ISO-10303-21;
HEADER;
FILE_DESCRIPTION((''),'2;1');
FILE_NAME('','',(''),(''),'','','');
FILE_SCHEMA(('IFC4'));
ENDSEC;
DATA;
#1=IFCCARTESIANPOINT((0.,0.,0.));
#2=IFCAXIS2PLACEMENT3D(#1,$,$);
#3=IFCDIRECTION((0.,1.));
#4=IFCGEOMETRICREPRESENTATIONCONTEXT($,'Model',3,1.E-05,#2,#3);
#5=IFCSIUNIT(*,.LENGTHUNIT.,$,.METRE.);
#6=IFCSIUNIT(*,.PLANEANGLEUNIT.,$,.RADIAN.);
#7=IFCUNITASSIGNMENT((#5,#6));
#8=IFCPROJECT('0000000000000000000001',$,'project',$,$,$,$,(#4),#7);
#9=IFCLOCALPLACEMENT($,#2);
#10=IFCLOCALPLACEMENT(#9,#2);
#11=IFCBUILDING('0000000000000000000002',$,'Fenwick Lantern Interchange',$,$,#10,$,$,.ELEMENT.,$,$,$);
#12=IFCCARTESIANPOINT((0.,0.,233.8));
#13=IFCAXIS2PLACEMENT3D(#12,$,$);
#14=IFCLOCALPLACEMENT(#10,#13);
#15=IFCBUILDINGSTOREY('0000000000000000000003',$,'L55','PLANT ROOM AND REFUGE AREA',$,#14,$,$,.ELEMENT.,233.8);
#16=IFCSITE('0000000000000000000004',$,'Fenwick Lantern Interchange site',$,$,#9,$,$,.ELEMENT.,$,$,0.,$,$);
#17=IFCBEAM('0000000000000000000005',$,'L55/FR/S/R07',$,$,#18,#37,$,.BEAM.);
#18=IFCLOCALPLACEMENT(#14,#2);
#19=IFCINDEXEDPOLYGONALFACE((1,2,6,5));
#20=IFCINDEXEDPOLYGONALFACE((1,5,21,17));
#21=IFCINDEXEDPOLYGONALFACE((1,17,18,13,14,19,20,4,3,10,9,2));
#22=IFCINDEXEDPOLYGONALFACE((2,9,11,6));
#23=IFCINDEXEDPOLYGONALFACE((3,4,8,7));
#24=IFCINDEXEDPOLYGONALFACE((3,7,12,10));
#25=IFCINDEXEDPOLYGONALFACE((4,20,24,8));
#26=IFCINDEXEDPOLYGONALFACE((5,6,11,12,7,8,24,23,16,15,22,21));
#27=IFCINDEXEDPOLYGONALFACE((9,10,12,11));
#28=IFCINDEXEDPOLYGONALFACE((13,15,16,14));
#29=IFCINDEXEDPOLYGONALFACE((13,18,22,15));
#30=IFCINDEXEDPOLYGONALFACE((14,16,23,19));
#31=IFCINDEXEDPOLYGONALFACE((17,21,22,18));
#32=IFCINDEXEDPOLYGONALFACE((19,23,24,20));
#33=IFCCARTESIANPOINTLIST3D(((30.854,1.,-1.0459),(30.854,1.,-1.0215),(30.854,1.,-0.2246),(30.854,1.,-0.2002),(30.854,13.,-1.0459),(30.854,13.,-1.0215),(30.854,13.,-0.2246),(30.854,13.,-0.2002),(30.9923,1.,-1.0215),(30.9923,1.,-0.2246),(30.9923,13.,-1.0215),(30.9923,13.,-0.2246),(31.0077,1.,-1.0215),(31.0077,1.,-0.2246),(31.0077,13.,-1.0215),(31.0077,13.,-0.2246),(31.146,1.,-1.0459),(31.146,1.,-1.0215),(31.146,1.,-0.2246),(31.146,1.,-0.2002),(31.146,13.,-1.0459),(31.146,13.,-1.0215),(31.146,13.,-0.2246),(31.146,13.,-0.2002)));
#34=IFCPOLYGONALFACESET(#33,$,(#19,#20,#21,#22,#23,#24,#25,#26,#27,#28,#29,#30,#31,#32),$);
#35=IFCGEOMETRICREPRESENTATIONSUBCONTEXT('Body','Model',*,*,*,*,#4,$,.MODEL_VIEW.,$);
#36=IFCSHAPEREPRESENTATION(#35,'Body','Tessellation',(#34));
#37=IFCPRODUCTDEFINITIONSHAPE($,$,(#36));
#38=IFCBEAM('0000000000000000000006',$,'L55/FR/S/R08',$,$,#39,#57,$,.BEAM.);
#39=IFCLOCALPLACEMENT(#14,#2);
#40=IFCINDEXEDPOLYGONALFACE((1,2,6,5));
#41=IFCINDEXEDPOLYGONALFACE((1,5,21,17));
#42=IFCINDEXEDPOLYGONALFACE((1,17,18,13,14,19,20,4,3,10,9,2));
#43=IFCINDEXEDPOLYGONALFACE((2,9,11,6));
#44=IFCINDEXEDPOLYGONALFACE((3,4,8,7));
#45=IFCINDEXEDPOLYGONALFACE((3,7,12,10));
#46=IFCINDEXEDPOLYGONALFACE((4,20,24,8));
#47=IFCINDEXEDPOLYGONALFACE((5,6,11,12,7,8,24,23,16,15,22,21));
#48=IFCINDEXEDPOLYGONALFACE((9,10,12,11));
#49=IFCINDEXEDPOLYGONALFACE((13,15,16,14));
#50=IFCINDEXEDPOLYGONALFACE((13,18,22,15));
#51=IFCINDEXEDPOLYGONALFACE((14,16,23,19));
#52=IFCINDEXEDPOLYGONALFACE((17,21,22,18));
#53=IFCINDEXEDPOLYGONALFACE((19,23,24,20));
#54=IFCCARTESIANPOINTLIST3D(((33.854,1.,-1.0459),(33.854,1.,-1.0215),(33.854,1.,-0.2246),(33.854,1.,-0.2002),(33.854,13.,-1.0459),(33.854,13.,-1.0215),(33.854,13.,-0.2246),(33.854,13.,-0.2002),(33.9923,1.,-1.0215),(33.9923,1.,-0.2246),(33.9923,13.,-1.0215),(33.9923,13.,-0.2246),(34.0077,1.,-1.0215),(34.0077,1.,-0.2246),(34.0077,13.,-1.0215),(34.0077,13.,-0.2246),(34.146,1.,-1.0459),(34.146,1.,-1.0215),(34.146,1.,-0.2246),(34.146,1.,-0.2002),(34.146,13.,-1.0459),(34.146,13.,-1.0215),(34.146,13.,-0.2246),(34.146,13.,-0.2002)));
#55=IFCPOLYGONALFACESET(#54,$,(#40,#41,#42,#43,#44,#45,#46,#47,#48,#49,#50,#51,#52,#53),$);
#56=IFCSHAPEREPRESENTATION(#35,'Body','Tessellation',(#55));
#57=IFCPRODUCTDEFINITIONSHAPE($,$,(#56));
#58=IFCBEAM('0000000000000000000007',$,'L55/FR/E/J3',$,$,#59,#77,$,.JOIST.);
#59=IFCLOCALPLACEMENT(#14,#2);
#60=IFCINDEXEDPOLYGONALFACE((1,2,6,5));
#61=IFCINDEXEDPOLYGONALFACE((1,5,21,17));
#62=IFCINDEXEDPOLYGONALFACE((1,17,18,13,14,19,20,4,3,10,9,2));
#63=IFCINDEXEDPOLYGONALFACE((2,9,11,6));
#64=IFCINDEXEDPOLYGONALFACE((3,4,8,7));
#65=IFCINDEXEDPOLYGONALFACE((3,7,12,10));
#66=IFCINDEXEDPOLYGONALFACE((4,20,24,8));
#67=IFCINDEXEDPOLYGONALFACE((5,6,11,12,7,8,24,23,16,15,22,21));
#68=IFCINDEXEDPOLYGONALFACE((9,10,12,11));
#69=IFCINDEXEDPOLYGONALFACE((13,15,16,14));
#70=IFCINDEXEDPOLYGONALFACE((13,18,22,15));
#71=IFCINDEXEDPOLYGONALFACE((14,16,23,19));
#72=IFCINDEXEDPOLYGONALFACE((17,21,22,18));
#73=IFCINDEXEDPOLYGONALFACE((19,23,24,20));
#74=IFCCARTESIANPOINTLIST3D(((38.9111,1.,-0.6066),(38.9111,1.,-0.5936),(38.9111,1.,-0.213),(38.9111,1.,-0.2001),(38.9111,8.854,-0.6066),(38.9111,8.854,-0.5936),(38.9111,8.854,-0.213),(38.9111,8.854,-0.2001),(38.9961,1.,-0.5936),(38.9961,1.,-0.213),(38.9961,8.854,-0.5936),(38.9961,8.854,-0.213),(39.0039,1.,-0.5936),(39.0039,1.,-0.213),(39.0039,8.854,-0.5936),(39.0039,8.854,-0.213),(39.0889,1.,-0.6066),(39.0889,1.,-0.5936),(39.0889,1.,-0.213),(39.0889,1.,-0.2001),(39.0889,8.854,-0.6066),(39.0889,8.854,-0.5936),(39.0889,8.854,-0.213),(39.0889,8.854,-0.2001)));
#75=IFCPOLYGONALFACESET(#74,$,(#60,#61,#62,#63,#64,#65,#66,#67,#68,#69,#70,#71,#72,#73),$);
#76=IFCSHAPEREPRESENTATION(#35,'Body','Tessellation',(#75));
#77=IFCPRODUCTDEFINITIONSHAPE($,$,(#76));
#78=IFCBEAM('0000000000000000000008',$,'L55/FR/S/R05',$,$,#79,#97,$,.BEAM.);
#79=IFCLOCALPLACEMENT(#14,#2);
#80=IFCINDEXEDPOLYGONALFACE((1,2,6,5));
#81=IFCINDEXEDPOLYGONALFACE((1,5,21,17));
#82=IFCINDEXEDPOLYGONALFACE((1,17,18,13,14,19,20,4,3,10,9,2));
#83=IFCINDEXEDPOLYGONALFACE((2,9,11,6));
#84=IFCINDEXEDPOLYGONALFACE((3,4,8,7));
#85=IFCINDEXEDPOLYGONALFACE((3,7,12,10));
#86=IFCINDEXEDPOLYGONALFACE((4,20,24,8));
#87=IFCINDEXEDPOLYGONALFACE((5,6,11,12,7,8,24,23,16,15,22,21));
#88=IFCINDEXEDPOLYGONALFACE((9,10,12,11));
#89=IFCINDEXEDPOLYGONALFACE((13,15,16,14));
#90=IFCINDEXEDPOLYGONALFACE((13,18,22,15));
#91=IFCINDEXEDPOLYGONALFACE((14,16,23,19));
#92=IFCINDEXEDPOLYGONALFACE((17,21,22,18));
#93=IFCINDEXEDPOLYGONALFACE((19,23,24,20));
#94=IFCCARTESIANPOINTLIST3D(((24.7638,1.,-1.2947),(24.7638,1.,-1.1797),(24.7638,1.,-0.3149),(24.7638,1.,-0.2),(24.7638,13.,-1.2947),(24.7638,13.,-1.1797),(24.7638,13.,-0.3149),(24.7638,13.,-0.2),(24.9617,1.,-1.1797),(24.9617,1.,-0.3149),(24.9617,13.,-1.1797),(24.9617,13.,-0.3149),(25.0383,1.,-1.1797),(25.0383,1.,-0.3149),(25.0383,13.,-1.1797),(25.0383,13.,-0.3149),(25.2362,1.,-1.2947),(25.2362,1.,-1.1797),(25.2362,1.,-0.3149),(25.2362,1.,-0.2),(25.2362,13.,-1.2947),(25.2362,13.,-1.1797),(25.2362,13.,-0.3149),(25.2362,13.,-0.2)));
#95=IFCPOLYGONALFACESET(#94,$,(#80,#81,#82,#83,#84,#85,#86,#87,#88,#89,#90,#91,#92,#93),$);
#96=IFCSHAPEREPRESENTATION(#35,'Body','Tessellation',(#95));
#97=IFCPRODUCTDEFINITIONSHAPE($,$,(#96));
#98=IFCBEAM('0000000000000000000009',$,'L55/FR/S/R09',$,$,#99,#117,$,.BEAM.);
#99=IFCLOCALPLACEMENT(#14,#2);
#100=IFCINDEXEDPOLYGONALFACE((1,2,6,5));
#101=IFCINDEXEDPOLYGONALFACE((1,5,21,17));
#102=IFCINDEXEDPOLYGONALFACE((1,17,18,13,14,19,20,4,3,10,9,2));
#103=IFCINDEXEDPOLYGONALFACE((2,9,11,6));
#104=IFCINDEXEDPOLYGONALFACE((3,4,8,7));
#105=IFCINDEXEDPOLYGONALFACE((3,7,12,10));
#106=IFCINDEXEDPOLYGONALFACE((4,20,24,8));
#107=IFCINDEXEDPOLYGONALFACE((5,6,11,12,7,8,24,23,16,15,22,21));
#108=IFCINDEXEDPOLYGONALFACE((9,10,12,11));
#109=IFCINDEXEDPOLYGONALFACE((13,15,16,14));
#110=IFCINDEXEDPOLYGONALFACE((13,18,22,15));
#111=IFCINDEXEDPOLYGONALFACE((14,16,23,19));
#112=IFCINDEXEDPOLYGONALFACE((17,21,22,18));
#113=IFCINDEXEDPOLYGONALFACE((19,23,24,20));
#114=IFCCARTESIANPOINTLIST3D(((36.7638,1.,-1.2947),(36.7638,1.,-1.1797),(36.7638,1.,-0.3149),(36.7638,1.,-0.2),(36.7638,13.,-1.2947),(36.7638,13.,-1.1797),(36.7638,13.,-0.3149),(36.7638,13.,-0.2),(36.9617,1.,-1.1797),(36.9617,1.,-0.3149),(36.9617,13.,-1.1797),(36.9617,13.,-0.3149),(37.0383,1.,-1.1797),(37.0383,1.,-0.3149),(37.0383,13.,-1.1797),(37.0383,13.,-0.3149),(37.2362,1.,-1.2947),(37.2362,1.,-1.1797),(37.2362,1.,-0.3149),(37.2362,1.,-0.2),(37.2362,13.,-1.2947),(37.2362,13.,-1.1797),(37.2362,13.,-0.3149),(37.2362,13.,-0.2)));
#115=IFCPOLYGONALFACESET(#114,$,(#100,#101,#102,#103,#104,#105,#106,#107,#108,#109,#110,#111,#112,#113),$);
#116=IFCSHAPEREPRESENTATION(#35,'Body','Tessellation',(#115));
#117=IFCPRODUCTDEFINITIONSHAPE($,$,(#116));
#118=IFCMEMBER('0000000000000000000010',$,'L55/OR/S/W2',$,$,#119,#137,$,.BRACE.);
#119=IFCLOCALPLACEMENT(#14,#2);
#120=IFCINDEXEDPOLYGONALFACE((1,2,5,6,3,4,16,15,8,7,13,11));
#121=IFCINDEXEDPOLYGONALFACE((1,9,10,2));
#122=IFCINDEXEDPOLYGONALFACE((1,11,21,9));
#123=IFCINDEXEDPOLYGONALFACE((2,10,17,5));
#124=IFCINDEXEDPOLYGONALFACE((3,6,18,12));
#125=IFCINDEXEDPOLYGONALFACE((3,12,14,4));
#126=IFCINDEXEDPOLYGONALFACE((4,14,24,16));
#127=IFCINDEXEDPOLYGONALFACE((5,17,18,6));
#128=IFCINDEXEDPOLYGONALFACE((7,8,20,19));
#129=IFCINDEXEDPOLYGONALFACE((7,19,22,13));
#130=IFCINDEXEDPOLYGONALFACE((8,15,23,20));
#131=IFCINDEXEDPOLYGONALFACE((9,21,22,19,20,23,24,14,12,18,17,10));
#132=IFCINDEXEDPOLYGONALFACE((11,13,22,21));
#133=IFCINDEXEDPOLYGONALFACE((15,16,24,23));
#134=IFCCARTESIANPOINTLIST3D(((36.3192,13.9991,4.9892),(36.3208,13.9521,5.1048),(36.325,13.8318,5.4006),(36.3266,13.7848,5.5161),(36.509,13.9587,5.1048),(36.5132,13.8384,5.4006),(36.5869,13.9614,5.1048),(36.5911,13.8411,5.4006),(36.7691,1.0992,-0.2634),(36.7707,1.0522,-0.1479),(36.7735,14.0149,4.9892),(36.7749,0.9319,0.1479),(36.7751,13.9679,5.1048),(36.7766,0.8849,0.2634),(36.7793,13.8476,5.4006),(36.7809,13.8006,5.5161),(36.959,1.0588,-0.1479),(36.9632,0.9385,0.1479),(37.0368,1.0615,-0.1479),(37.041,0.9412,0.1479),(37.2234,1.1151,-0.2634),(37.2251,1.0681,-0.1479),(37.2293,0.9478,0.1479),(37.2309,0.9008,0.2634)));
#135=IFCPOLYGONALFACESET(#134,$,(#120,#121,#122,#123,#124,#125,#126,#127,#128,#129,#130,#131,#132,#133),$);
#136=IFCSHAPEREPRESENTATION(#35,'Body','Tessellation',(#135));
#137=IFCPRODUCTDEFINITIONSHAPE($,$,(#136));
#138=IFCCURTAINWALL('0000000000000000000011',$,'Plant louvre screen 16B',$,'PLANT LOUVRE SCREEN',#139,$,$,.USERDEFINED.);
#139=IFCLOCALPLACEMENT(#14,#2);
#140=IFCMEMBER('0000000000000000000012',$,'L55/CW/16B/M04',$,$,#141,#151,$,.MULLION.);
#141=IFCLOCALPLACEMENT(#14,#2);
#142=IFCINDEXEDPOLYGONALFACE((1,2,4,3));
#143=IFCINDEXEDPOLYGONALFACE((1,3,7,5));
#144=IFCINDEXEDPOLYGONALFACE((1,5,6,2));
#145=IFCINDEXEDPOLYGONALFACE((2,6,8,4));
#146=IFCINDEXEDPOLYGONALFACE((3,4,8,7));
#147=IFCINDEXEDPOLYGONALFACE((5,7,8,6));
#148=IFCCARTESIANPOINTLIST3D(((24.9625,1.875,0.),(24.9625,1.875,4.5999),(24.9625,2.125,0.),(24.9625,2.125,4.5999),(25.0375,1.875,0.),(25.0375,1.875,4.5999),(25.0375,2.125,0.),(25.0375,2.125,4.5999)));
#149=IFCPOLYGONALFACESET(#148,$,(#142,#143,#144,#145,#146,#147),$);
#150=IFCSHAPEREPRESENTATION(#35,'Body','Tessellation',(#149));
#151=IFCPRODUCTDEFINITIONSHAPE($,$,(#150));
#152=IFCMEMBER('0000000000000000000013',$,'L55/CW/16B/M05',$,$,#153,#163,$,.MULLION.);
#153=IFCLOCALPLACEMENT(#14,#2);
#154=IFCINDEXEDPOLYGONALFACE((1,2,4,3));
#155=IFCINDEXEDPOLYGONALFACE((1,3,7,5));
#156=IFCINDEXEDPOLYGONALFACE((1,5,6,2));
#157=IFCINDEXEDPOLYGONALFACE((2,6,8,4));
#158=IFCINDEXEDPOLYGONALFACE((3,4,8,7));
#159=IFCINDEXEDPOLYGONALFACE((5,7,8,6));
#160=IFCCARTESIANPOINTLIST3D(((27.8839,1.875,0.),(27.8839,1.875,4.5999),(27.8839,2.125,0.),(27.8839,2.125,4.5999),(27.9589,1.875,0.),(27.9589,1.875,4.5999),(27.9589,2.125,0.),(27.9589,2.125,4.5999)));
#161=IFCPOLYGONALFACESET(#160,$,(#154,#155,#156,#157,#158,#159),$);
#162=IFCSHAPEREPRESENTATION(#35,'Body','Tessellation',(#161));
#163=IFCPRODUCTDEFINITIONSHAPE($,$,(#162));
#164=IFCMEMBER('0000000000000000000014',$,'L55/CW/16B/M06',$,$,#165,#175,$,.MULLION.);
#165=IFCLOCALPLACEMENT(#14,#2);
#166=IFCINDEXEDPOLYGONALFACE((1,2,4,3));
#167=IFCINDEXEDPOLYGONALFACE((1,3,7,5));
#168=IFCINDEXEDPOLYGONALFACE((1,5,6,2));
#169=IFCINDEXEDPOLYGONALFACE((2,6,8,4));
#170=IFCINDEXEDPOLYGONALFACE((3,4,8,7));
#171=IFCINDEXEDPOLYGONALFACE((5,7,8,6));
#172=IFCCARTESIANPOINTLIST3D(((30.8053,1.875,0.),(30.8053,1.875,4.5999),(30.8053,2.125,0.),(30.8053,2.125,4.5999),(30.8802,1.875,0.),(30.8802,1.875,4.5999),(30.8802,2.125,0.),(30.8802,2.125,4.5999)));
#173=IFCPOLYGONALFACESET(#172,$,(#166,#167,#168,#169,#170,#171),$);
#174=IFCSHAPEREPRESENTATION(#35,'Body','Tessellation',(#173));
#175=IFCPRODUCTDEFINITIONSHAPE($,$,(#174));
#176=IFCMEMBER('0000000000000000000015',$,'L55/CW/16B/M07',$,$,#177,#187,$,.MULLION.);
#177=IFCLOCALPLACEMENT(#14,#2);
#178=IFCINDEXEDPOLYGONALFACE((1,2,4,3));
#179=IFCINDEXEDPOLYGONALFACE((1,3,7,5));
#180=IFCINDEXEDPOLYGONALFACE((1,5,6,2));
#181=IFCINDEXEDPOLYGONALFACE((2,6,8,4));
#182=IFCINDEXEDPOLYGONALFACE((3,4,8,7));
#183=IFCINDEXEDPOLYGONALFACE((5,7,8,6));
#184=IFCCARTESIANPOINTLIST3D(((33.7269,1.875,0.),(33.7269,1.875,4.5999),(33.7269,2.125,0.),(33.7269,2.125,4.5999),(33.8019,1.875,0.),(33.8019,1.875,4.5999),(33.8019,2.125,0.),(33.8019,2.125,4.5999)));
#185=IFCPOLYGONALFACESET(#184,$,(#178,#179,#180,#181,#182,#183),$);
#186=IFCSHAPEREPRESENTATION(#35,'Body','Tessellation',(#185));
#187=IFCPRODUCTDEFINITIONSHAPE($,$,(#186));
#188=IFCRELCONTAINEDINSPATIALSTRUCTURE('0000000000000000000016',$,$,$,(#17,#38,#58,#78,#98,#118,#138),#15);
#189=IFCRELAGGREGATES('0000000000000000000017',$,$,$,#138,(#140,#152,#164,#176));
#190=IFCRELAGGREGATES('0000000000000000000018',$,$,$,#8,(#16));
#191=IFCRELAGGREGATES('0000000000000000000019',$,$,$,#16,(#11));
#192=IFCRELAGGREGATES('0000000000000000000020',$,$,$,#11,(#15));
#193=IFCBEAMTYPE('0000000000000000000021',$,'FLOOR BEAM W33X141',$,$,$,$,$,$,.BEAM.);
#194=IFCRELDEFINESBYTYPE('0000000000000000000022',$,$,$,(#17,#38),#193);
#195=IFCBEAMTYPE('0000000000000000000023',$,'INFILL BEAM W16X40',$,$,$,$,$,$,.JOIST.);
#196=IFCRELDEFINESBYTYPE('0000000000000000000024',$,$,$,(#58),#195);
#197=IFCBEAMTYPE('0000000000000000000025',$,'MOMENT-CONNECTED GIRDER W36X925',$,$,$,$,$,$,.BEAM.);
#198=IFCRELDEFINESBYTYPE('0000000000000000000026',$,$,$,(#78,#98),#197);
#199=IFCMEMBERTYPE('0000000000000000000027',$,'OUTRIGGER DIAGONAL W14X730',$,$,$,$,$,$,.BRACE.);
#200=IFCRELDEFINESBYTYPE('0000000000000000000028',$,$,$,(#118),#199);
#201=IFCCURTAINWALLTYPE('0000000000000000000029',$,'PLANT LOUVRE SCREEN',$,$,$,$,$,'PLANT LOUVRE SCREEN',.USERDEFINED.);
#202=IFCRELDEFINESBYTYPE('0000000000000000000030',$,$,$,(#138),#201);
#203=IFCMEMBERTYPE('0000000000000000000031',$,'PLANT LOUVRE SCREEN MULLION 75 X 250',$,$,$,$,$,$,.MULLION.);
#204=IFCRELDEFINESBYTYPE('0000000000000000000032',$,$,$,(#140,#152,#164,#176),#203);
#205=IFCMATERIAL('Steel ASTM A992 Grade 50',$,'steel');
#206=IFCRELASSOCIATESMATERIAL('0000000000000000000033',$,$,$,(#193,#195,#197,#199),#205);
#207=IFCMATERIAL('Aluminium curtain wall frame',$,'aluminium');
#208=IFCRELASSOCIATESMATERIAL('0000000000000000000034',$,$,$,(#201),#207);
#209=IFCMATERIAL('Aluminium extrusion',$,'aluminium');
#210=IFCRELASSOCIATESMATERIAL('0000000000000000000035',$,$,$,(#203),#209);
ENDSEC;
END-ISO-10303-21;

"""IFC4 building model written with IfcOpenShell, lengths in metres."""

from ifc_helpers import new_model, si_unit, direction, frame, origin, origin_2d, place, context, subcontext, project, spatial, rectangle, i_section, extrude, material, material_profile, profile_set, type_object, element, aggregate, save


model = new_model("IFC4")

# Units and contexts
model_context = context("Model", 3, precision=1e-05, world=origin(), true_north=direction((0.0, 1.0)))
body_context = subcontext(model_context, "Body", "Model", "MODEL_VIEW")
ifc_project = project(units=[si_unit("LENGTHUNIT", "METRE"), si_unit("PLANEANGLEUNIT", "RADIAN")], contexts=[model_context])

# Site, building, storey
site_placement = place(None, origin())
site = spatial("IfcSite", under=ifc_project, at=site_placement, Name="Fenwick Lantern Interchange site", CompositionType="ELEMENT", RefElevation=0.0)
building_placement = place(site_placement, origin())
building = spatial("IfcBuilding", under=site, at=building_placement, Name="Fenwick Lantern Interchange", CompositionType="ELEMENT")
storey_placement = place(building_placement, frame((0.0, 0.0, 233.8)))
storey = spatial("IfcBuildingStorey", under=building, at=storey_placement, Name="L55", Description="PLANT ROOM AND REFUGE AREA", CompositionType="ELEMENT", Elevation=233.8)

# Shared definitions
ifc_material_1 = material(Name="Steel ASTM A992 Grade 50", Category="steel")

# Beams
ifc_material_profile_1 = material_profile(ifc_material_1, i_section(OverallWidth=0.292, OverallDepth=0.8457, WebThickness=0.0154, FlangeThickness=0.0244, at=origin_2d()), Name="W33X141")
ifc_profile_set_1 = profile_set([ifc_material_profile_1], Name="Steel ASTM A992 Grade 50")
beam_type_1 = type_object("IfcBeamType", Name="FLOOR BEAM W33X141", PredefinedType="BEAM", material=ifc_profile_set_1)
for number, where, z_axis, x_axis, name in (
    (1, (31.0, 1.0, -0.623), (0.0, 1.0, 0.0), (-1.0, 0.0, 0.0), "L55/FR/S/R07"),
    (2, (34.0, 1.0, -0.623), (0.0, 1.0, 0.0), (-1.0, 0.0, 0.0), "L55/FR/S/R08"),
):
    element("IfcBeam", number, at=place(storey_placement, frame(where, z_axis=z_axis, x_axis=x_axis)), inside=storey, type_object=beam_type_1, Name=name, PredefinedType="BEAM", context=body_context, shape_type="SweptSolid", body=[
        extrude(i_section(OverallWidth=0.292, OverallDepth=0.8457, WebThickness=0.0154, FlangeThickness=0.0244, at=origin_2d()), origin(), (0.0, 0.0, 1.0), 12.0),
    ])
ifc_material_profile_2 = material_profile(ifc_material_1, i_section(OverallWidth=0.1777, OverallDepth=0.4065, WebThickness=0.0078, FlangeThickness=0.0129, at=origin_2d()), Name="W16X40")
ifc_profile_set_2 = profile_set([ifc_material_profile_2], Name="Steel ASTM A992 Grade 50")
beam_type_2 = type_object("IfcBeamType", Name="INFILL BEAM W16X40", PredefinedType="JOIST", material=ifc_profile_set_2)
beam_1_placement = place(storey_placement, frame((39.0, 1.0, -0.4033), z_axis=(0.0, 1.0, 0.0), x_axis=(-1.0, 0.0, 0.0)))
element("IfcBeam", 3, at=beam_1_placement, inside=storey, type_object=beam_type_2, Name="L55/FR/E/J3", PredefinedType="JOIST", context=body_context, shape_type="SweptSolid", body=[
    extrude(i_section(OverallWidth=0.1777, OverallDepth=0.4065, WebThickness=0.0078, FlangeThickness=0.0129, at=origin_2d()), origin(), (0.0, 0.0, 1.0), 7.854),
])
ifc_material_profile_3 = material_profile(ifc_material_1, i_section(OverallWidth=0.4724, OverallDepth=1.0947, WebThickness=0.0767, FlangeThickness=0.115, at=origin_2d()), Name="W36X925")
ifc_profile_set_3 = profile_set([ifc_material_profile_3], Name="Steel ASTM A992 Grade 50")
beam_type_3 = type_object("IfcBeamType", Name="MOMENT-CONNECTED GIRDER W36X925", PredefinedType="BEAM", material=ifc_profile_set_3)
for number, where, z_axis, x_axis, name in (
    (4, (25.0, 1.0, -0.7473), (0.0, 1.0, 0.0), (-1.0, 0.0, 0.0), "L55/FR/S/R05"),
    (5, (37.0, 1.0, -0.7473), (0.0, 1.0, 0.0), (-1.0, 0.0, 0.0), "L55/FR/S/R09"),
):
    element("IfcBeam", number, at=place(storey_placement, frame(where, z_axis=z_axis, x_axis=x_axis)), inside=storey, type_object=beam_type_3, Name=name, PredefinedType="BEAM", context=body_context, shape_type="SweptSolid", body=[
        extrude(i_section(OverallWidth=0.4724, OverallDepth=1.0947, WebThickness=0.0767, FlangeThickness=0.115, at=origin_2d()), origin(), (0.0, 0.0, 1.0), 12.0),
    ])

# Member
ifc_material_profile_4 = material_profile(ifc_material_1, i_section(OverallWidth=0.4546, OverallDepth=0.5688, WebThickness=0.0779, FlangeThickness=0.1248, at=origin_2d()), Name="W14X730")
ifc_profile_set_4 = profile_set([ifc_material_profile_4], Name="Steel ASTM A992 Grade 50")
member_type_1 = type_object("IfcMemberType", Name="OUTRIGGER DIAGONAL W14X730", PredefinedType="BRACE", material=ifc_profile_set_4)
member_1_placement = place(storey_placement, frame((37.0, 1.0, 0.0), z_axis=(-0.032288, 0.92568, 0.376926), x_axis=(-0.999392, -0.034859, 0.0)))
element("IfcMember", 6, at=member_1_placement, inside=storey, type_object=member_type_1, Name="L55/OR/S/W2", PredefinedType="BRACE", context=body_context, shape_type="SweptSolid", body=[
    extrude(i_section(OverallWidth=0.4546, OverallDepth=0.5688, WebThickness=0.0779, FlangeThickness=0.1248, at=origin_2d()), origin(), (0.0, 0.0, 1.0), 13.9355),
])

# Curtain wall, members
ifc_material_2 = material(Name="Aluminium curtain wall frame", Category="aluminium")
curtain_wall_type = type_object("IfcCurtainWallType", Name="PLANT LOUVRE SCREEN", ElementType="PLANT LOUVRE SCREEN", PredefinedType="USERDEFINED", material=ifc_material_2)
curtain_wall_placement = place(storey_placement, origin())
curtain_wall = element("IfcCurtainWall", 7, at=curtain_wall_placement, inside=storey, type_object=curtain_wall_type, Name="Plant louvre screen 16B", ObjectType="PLANT LOUVRE SCREEN", PredefinedType="USERDEFINED")
ifc_material_3 = material(Name="Aluminium extrusion", Category="aluminium")
ifc_material_profile_5 = material_profile(ifc_material_3, rectangle(XDim=0.25, YDim=0.075, at=origin_2d()), Name="PLANT LOUVRE SCREEN MULLION 75 X 250")
ifc_profile_set_5 = profile_set([ifc_material_profile_5], Name="Aluminium extrusion")
member_type_2 = type_object("IfcMemberType", Name="PLANT LOUVRE SCREEN MULLION 75 X 250", PredefinedType="MULLION", material=ifc_profile_set_5)
member_2_placement = place(storey_placement, frame((25.0, 2.0, 0.0), z_axis=(0.0, 0.0, 1.0), x_axis=(0.0, 1.0, 0.0)))
member_2 = element("IfcMember", 8, at=member_2_placement, type_object=member_type_2, Name="L55/CW/16B/M04", PredefinedType="MULLION", context=body_context, shape_type="SweptSolid", body=[
    extrude(rectangle(XDim=0.25, YDim=0.075, at=origin_2d()), origin(), (0.0, 0.0, 1.0), 4.5999),
])
member_3_placement = place(storey_placement, frame((27.9214, 2.0, 0.0), z_axis=(0.0, 0.0, 1.0), x_axis=(0.0, 1.0, 0.0)))
member_3 = element("IfcMember", 9, at=member_3_placement, type_object=member_type_2, Name="L55/CW/16B/M05", PredefinedType="MULLION", context=body_context, shape_type="SweptSolid", body=[
    extrude(rectangle(XDim=0.25, YDim=0.075, at=origin_2d()), origin(), (0.0, 0.0, 1.0), 4.5999),
])
member_4_placement = place(storey_placement, frame((30.8428, 2.0, 0.0), z_axis=(0.0, 0.0, 1.0), x_axis=(0.0, 1.0, 0.0)))
member_4 = element("IfcMember", 10, at=member_4_placement, type_object=member_type_2, Name="L55/CW/16B/M06", PredefinedType="MULLION", context=body_context, shape_type="SweptSolid", body=[
    extrude(rectangle(XDim=0.25, YDim=0.075, at=origin_2d()), origin(), (0.0, 0.0, 1.0), 4.5999),
])
member_5_placement = place(storey_placement, frame((33.7644, 2.0, 0.0), z_axis=(0.0, 0.0, 1.0), x_axis=(0.0, 1.0, 0.0)))
member_5 = element("IfcMember", 11, at=member_5_placement, type_object=member_type_2, Name="L55/CW/16B/M07", PredefinedType="MULLION", context=body_context, shape_type="SweptSolid", body=[
    extrude(rectangle(XDim=0.25, YDim=0.075, at=origin_2d()), origin(), (0.0, 0.0, 1.0), 4.5999),
])

aggregate(curtain_wall, [member_2, member_3, member_4, member_5])

save(model, "model.ifc")
